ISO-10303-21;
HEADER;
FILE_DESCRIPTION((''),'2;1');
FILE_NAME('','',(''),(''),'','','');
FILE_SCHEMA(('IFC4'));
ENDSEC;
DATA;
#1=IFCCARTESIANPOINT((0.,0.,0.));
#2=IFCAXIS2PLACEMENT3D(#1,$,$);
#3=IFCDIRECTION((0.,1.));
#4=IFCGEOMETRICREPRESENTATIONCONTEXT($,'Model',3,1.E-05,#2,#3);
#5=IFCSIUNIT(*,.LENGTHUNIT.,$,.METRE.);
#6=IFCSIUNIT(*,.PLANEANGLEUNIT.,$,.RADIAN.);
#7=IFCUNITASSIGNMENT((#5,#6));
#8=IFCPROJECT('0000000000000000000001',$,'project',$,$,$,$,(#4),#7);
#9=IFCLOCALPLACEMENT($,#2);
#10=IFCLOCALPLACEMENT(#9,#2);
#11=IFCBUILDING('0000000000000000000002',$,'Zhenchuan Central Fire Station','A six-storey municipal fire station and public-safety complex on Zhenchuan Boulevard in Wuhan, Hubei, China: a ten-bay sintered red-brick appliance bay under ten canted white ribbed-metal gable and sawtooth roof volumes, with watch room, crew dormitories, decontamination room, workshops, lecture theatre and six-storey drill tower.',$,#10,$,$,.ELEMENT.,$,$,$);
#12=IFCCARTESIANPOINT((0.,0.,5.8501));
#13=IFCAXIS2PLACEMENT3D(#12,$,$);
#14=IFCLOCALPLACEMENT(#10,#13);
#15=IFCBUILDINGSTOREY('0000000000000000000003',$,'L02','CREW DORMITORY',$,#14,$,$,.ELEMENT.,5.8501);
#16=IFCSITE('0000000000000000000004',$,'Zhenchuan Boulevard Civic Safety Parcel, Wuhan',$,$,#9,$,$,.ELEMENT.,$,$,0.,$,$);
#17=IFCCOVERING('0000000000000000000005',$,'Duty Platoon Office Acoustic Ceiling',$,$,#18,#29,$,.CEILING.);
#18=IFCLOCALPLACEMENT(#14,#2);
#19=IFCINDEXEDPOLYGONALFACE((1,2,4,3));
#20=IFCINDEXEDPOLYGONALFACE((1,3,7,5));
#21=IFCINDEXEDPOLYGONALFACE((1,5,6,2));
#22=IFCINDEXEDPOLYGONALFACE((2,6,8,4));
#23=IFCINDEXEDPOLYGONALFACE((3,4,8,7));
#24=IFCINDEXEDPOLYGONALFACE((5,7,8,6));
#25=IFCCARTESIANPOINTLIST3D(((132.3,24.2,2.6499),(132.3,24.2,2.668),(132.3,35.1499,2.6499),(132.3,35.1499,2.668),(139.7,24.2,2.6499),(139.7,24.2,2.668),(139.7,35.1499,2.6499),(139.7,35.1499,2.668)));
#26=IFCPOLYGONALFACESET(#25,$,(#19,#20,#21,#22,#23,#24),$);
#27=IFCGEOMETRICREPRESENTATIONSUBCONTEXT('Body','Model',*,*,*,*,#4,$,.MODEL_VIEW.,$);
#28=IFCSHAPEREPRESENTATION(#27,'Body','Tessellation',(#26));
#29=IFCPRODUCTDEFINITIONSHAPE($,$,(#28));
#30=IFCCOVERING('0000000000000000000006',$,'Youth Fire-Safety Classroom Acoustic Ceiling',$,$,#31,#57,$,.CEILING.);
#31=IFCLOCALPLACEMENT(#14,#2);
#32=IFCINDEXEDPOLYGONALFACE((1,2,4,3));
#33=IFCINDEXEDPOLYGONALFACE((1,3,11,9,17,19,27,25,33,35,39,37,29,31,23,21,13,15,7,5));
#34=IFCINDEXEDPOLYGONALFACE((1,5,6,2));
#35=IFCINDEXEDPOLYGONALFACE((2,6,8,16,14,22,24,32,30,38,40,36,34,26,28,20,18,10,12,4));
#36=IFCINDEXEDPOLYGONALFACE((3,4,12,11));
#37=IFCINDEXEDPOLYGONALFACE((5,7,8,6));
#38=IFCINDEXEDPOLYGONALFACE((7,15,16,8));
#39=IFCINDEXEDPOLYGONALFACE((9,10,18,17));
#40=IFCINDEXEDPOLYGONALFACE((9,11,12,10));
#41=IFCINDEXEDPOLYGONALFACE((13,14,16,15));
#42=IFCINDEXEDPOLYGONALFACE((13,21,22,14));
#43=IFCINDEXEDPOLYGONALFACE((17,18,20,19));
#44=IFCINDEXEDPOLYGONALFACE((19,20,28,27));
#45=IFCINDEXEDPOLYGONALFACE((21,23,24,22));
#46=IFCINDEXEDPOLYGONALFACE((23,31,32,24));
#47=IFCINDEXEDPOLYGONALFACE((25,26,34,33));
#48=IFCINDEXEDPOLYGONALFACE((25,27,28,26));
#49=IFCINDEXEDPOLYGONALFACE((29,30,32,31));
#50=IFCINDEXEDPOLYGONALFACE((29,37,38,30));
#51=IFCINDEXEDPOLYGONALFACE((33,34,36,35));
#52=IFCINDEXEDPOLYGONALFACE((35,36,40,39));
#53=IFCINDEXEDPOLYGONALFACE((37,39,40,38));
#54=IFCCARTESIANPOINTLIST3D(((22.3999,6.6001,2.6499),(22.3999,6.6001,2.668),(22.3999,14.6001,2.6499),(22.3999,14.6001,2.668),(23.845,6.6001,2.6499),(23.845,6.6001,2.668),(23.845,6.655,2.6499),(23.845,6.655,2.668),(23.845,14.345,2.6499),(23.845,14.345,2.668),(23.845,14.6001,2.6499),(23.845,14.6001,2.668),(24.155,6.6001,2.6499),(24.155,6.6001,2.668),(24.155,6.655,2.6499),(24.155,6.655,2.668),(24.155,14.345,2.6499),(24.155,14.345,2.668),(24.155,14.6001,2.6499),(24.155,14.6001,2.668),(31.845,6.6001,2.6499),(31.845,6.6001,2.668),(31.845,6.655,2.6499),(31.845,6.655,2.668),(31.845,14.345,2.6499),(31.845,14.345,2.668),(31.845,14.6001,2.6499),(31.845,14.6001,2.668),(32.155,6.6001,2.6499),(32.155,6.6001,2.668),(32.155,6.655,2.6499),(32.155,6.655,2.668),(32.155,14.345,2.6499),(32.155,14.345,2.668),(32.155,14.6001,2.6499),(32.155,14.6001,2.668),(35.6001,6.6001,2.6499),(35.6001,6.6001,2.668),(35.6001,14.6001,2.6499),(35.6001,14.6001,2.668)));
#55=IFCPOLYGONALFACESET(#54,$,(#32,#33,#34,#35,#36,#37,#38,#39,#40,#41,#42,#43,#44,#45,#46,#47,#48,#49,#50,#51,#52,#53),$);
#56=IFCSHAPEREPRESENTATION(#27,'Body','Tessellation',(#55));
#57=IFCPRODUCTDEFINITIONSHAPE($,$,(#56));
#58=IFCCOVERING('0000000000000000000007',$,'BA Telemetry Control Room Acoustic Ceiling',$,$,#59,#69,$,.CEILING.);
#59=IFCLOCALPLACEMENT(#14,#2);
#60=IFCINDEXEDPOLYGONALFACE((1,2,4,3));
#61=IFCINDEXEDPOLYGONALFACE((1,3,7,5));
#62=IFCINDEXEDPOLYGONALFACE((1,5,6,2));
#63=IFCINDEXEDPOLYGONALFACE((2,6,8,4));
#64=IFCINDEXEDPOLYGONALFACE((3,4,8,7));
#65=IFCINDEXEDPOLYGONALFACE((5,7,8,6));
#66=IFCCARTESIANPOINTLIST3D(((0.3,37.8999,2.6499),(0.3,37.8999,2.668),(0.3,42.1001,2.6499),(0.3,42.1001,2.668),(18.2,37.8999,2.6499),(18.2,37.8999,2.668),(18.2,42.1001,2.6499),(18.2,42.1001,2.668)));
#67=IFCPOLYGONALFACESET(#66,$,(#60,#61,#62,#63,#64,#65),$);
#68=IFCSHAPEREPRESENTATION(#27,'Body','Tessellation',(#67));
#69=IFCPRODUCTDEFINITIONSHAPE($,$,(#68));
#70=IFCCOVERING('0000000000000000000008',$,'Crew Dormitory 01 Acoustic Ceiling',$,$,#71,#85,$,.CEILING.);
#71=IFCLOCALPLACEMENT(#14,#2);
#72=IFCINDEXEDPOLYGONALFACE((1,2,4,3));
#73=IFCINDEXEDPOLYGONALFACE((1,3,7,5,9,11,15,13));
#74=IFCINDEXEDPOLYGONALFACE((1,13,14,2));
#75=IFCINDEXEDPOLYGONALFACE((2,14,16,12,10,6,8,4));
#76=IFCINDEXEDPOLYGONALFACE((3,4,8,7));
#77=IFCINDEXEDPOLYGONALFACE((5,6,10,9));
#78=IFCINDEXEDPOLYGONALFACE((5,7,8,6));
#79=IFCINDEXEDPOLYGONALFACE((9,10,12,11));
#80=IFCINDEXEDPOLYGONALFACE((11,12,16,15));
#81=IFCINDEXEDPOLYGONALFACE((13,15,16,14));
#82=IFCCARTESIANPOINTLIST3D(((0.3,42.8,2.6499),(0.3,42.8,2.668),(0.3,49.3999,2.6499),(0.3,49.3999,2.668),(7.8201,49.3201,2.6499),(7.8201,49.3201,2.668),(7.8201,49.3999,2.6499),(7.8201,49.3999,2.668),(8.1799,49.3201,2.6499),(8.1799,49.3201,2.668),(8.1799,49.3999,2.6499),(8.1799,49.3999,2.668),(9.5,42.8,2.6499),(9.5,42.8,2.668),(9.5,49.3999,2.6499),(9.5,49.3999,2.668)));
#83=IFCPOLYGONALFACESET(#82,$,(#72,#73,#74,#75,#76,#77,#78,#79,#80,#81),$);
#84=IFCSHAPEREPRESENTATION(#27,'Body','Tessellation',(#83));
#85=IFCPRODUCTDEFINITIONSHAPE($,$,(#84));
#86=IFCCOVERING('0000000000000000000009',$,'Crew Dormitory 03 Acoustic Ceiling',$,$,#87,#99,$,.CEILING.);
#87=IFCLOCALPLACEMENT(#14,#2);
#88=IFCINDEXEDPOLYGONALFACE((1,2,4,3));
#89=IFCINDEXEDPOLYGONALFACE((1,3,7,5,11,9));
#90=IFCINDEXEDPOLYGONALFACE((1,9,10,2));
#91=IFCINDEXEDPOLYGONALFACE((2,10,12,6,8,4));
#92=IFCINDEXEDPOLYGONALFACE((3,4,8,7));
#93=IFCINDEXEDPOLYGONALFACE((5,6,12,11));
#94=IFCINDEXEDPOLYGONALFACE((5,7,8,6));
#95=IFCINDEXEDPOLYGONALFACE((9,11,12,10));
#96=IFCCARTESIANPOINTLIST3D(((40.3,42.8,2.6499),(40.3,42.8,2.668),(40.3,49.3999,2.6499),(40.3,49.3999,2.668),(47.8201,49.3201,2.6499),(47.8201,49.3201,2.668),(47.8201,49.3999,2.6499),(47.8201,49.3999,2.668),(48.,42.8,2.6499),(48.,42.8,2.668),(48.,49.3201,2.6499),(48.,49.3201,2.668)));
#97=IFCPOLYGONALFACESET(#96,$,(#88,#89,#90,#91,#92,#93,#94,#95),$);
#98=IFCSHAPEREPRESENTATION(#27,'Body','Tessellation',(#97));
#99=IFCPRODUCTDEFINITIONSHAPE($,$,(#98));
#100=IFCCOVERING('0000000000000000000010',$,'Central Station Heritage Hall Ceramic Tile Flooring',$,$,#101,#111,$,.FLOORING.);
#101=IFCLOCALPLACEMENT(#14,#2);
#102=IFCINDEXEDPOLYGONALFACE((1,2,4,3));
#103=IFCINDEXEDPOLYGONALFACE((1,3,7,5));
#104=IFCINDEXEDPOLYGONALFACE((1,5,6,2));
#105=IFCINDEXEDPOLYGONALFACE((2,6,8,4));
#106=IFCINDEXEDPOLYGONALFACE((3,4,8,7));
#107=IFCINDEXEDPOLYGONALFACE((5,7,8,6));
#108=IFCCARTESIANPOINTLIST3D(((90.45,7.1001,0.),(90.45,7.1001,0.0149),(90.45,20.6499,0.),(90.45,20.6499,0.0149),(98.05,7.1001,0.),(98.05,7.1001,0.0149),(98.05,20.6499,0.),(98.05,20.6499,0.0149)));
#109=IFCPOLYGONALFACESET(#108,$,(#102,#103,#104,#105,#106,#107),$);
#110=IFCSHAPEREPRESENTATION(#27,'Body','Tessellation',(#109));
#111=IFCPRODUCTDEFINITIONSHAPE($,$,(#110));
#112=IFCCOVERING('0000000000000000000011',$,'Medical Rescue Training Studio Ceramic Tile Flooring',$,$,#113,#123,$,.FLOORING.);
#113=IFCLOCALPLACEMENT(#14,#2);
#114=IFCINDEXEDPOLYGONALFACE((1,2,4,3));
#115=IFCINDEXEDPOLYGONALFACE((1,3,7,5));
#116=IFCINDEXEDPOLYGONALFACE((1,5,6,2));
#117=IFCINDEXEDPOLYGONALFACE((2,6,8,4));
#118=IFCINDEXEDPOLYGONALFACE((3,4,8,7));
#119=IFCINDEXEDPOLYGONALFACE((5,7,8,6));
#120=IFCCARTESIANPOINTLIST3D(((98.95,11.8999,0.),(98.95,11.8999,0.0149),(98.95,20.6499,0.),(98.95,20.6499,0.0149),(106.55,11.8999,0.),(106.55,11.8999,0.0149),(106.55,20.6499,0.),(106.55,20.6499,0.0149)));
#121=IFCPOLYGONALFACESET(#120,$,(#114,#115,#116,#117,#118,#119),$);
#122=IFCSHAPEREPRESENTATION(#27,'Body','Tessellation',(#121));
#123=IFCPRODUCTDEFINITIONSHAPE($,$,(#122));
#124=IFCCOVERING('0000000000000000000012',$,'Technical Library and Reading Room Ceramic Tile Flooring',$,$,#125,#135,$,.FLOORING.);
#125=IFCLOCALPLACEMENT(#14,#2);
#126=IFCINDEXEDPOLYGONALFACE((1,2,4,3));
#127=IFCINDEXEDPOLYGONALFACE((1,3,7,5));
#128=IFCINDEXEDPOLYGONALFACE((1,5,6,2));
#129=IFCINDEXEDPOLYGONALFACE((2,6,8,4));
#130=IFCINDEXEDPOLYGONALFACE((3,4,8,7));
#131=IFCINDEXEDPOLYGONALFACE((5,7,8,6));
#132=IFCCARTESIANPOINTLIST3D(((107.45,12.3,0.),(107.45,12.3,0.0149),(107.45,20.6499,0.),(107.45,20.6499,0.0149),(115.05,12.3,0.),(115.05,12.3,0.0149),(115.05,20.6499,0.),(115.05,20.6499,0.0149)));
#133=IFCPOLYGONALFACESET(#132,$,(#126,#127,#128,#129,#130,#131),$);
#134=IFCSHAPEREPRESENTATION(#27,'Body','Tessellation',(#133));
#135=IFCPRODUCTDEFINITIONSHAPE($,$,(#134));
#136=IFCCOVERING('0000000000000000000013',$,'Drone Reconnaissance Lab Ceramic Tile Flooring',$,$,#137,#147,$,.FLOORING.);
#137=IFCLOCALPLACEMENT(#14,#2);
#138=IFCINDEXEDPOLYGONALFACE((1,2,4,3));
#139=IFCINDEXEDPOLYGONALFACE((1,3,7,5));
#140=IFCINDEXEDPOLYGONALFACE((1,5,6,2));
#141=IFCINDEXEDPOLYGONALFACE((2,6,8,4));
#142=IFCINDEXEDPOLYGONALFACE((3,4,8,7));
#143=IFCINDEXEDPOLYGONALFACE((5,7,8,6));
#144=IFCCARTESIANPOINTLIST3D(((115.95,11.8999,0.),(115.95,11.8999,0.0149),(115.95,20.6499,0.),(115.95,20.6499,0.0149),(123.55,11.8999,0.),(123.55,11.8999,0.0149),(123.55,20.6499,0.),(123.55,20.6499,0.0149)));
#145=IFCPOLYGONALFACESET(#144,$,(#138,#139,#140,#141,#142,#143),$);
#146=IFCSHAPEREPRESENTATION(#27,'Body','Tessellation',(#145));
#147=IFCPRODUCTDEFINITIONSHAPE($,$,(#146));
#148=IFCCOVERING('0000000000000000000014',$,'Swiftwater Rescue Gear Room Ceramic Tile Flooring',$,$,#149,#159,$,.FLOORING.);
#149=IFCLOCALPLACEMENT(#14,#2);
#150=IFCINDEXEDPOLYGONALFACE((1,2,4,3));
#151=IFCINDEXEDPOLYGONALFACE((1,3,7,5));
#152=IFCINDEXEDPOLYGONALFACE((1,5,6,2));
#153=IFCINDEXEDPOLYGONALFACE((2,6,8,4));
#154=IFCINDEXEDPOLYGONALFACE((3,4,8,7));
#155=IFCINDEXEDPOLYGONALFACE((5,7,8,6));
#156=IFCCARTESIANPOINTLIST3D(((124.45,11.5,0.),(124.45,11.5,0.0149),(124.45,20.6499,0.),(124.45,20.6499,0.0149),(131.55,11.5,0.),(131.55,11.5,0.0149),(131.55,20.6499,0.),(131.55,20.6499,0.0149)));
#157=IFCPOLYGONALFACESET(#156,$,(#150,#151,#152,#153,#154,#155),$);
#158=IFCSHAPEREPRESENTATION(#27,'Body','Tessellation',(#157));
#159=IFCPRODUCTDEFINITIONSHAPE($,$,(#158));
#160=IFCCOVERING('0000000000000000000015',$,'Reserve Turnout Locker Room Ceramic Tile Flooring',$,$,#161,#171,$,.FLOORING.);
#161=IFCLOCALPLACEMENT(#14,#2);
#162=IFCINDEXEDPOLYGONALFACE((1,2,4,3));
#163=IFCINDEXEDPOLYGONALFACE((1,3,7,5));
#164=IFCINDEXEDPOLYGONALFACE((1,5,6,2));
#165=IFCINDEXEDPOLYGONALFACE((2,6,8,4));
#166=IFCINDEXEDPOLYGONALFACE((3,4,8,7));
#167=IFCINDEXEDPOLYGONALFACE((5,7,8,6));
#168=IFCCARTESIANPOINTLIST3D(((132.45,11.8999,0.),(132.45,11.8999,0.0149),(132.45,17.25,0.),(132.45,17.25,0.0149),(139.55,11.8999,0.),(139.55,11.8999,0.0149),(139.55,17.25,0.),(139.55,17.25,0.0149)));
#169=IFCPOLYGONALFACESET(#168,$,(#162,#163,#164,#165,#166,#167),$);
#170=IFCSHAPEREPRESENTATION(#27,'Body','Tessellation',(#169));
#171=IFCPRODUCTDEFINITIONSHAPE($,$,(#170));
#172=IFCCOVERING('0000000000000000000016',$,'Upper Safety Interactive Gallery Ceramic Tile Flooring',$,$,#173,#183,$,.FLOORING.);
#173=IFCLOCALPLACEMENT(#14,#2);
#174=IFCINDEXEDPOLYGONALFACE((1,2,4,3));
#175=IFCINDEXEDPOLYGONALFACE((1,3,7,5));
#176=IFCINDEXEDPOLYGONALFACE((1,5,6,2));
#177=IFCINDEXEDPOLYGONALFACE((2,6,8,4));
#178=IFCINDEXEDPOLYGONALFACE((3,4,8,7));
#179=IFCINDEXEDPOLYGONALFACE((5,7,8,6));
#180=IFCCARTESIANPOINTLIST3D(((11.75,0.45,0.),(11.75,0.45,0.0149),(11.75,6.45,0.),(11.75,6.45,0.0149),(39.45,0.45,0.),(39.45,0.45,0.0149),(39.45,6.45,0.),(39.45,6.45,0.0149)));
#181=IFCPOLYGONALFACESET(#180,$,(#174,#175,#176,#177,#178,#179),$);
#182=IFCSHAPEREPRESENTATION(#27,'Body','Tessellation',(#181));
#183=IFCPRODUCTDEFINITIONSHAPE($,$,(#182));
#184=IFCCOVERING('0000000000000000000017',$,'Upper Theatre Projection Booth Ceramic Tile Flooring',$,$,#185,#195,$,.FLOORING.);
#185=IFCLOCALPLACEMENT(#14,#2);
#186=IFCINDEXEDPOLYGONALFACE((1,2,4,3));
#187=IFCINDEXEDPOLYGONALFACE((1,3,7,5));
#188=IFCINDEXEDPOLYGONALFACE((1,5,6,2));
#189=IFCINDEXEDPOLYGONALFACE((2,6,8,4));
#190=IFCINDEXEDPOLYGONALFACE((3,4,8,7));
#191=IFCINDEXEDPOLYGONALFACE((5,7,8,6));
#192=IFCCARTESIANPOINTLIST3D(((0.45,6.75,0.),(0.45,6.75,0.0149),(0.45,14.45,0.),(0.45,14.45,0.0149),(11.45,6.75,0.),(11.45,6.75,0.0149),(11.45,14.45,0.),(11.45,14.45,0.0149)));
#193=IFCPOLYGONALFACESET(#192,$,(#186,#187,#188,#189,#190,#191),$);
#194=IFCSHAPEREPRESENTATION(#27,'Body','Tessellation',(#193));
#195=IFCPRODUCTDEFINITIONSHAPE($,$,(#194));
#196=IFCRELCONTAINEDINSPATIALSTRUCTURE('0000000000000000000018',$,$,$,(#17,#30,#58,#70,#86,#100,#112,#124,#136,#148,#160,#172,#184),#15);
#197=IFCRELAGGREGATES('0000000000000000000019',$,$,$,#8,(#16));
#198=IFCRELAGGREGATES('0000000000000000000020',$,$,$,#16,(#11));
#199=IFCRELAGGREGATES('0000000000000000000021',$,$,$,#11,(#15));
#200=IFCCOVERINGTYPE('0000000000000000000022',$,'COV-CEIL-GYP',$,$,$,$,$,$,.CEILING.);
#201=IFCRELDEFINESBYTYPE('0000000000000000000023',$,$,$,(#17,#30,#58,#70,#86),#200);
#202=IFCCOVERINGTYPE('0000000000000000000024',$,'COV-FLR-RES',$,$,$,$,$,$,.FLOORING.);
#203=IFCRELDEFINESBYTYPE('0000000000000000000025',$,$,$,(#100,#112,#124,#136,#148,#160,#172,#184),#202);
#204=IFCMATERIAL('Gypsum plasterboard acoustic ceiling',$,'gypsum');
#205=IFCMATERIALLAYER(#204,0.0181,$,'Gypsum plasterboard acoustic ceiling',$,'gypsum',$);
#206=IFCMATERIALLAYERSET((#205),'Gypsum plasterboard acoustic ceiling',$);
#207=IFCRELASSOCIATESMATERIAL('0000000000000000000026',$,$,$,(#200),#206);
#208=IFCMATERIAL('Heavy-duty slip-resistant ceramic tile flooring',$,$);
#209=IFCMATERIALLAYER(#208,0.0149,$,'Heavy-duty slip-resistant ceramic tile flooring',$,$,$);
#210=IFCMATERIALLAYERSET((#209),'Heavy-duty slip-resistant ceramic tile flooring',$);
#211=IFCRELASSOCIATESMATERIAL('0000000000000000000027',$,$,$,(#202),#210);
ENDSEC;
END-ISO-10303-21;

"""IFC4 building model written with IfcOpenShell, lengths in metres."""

from ifc_helpers import new_model, si_unit, direction, frame, origin, place, context, subcontext, project, spatial, polyline, outline, extrude, material, layer, layer_set, type_object, element, save


model = new_model("IFC4")

# Units and contexts
model_context = context("Model", 3, precision=1e-05, world=origin(), true_north=direction((0.0, 1.0)))
body_context = subcontext(model_context, "Body", "Model", "MODEL_VIEW")
ifc_project = project(units=[si_unit("LENGTHUNIT", "METRE"), si_unit("PLANEANGLEUNIT", "RADIAN")], contexts=[model_context])

# Site, building, storey
site_placement = place(None, origin())
site = spatial("IfcSite", under=ifc_project, at=site_placement, Name="Zhenchuan Boulevard Civic Safety Parcel, Wuhan", CompositionType="ELEMENT", RefElevation=0.0)
building_placement = place(site_placement, origin())
building = spatial("IfcBuilding", under=site, at=building_placement, Name="Zhenchuan Central Fire Station", Description="A six-storey municipal fire station and public-safety complex on Zhenchuan Boulevard in Wuhan, Hubei, China: a ten-bay sintered red-brick appliance bay under ten canted white ribbed-metal gable and sawtooth roof volumes, with watch room, crew dormitories, decontamination room, workshops, lecture theatre and six-storey drill tower.", CompositionType="ELEMENT")
storey_placement = place(building_placement, frame((0.0, 0.0, 5.8501)))
storey = spatial("IfcBuildingStorey", under=building, at=storey_placement, Name="L02", Description="CREW DORMITORY", CompositionType="ELEMENT", Elevation=5.8501)

# Coverings
ifc_material_1 = material(Name="Gypsum plasterboard acoustic ceiling", Category="gypsum")
ifc_layer_1 = layer(ifc_material_1, 0.0181, Name="Gypsum plasterboard acoustic ceiling", Category="gypsum")
ifc_layer_set_1 = layer_set([ifc_layer_1], Name="Gypsum plasterboard acoustic ceiling")
covering_type_1 = type_object("IfcCoveringType", Name="COV-CEIL-GYP", PredefinedType="CEILING", material=ifc_layer_set_1)
covering_1_placement = place(storey_placement, frame((0.0, 0.0, 2.6499)))
element("IfcCovering", 1, at=covering_1_placement, inside=storey, type_object=covering_type_1, Name="Duty Platoon Office Acoustic Ceiling", PredefinedType="CEILING", context=body_context, shape_type="SweptSolid", body=[
    extrude(outline(polyline([(132.3, 24.2), (132.3, 35.1499), (139.7, 35.1499), (139.7, 24.2), (132.3, 24.2)])), origin(), (0.0, 0.0, 1.0), 0.0181),
])
covering_2_placement = place(storey_placement, frame((0.0, 0.0, 2.6499)))
element("IfcCovering", 2, at=covering_2_placement, inside=storey, type_object=covering_type_1, Name="Youth Fire-Safety Classroom Acoustic Ceiling", PredefinedType="CEILING", context=body_context, shape_type="SweptSolid", body=[
    extrude(outline(polyline([(35.6001, 14.6001), (35.6001, 6.6001), (32.155, 6.6001), (32.155, 6.655), (31.845, 6.655), (31.845, 6.6001), (24.155, 6.6001), (24.155, 6.655), (23.845, 6.655), (23.845, 6.6001), (22.3999, 6.6001), (22.3999, 14.6001), (23.845, 14.6001), (23.845, 14.345), (24.155, 14.345), (24.155, 14.6001), (31.845, 14.6001), (31.845, 14.345), (32.155, 14.345), (32.155, 14.6001), (35.6001, 14.6001)])), origin(), (0.0, 0.0, 1.0), 0.0181),
])
covering_3_placement = place(storey_placement, frame((0.0, 0.0, 2.6499)))
element("IfcCovering", 3, at=covering_3_placement, inside=storey, type_object=covering_type_1, Name="BA Telemetry Control Room Acoustic Ceiling", PredefinedType="CEILING", context=body_context, shape_type="SweptSolid", body=[
    extrude(outline(polyline([(18.2, 37.8999), (18.2, 42.1001), (0.3, 42.1001), (0.3, 37.8999), (18.2, 37.8999)])), origin(), (0.0, 0.0, 1.0), 0.0181),
])
covering_4_placement = place(storey_placement, frame((0.0, 0.0, 2.6499)))
element("IfcCovering", 4, at=covering_4_placement, inside=storey, type_object=covering_type_1, Name="Crew Dormitory 01 Acoustic Ceiling", PredefinedType="CEILING", context=body_context, shape_type="SweptSolid", body=[
    extrude(outline(polyline([(9.5, 49.3999), (9.5, 42.8), (0.3, 42.8), (0.3, 49.3999), (7.8201, 49.3999), (7.8201, 49.3201), (8.1799, 49.3201), (8.1799, 49.3999), (9.5, 49.3999)])), origin(), (0.0, 0.0, 1.0), 0.0181),
])
covering_5_placement = place(storey_placement, frame((0.0, 0.0, 2.6499)))
element("IfcCovering", 5, at=covering_5_placement, inside=storey, type_object=covering_type_1, Name="Crew Dormitory 03 Acoustic Ceiling", PredefinedType="CEILING", context=body_context, shape_type="SweptSolid", body=[
    extrude(outline(polyline([(48.0, 42.8), (40.3, 42.8), (40.3, 49.3999), (47.8201, 49.3999), (47.8201, 49.3201), (48.0, 49.3201), (48.0, 42.8)])), origin(), (0.0, 0.0, 1.0), 0.0181),
])
ifc_material_2 = material(Name="Heavy-duty slip-resistant ceramic tile flooring")
ifc_layer_2 = layer(ifc_material_2, 0.0149, Name="Heavy-duty slip-resistant ceramic tile flooring")
ifc_layer_set_2 = layer_set([ifc_layer_2], Name="Heavy-duty slip-resistant ceramic tile flooring")
covering_type_2 = type_object("IfcCoveringType", Name="COV-FLR-RES", PredefinedType="FLOORING", material=ifc_layer_set_2)
covering_6_placement = place(storey_placement, origin())
element("IfcCovering", 6, at=covering_6_placement, inside=storey, type_object=covering_type_2, Name="Central Station Heritage Hall Ceramic Tile Flooring", PredefinedType="FLOORING", context=body_context, shape_type="SweptSolid", body=[
    extrude(outline(polyline([(90.45, 7.1001), (98.05, 7.1001), (98.05, 20.6499), (90.45, 20.6499), (90.45, 7.1001)])), origin(), (0.0, 0.0, 1.0), 0.0149),
])
covering_7_placement = place(storey_placement, origin())
element("IfcCovering", 7, at=covering_7_placement, inside=storey, type_object=covering_type_2, Name="Medical Rescue Training Studio Ceramic Tile Flooring", PredefinedType="FLOORING", context=body_context, shape_type="SweptSolid", body=[
    extrude(outline(polyline([(98.95, 11.8999), (106.55, 11.8999), (106.55, 20.6499), (98.95, 20.6499), (98.95, 11.8999)])), origin(), (0.0, 0.0, 1.0), 0.0149),
])
covering_8_placement = place(storey_placement, origin())
element("IfcCovering", 8, at=covering_8_placement, inside=storey, type_object=covering_type_2, Name="Technical Library and Reading Room Ceramic Tile Flooring", PredefinedType="FLOORING", context=body_context, shape_type="SweptSolid", body=[
    extrude(outline(polyline([(107.45, 12.3), (115.05, 12.3), (115.05, 20.6499), (107.45, 20.6499), (107.45, 12.3)])), origin(), (0.0, 0.0, 1.0), 0.0149),
])
covering_9_placement = place(storey_placement, origin())
element("IfcCovering", 9, at=covering_9_placement, inside=storey, type_object=covering_type_2, Name="Drone Reconnaissance Lab Ceramic Tile Flooring", PredefinedType="FLOORING", context=body_context, shape_type="SweptSolid", body=[
    extrude(outline(polyline([(115.95, 11.8999), (123.55, 11.8999), (123.55, 20.6499), (115.95, 20.6499), (115.95, 11.8999)])), origin(), (0.0, 0.0, 1.0), 0.0149),
])
covering_10_placement = place(storey_placement, origin())
element("IfcCovering", 10, at=covering_10_placement, inside=storey, type_object=covering_type_2, Name="Swiftwater Rescue Gear Room Ceramic Tile Flooring", PredefinedType="FLOORING", context=body_context, shape_type="SweptSolid", body=[
    extrude(outline(polyline([(124.45, 11.5), (131.55, 11.5), (131.55, 20.6499), (124.45, 20.6499), (124.45, 11.5)])), origin(), (0.0, 0.0, 1.0), 0.0149),
])
covering_11_placement = place(storey_placement, origin())
element("IfcCovering", 11, at=covering_11_placement, inside=storey, type_object=covering_type_2, Name="Reserve Turnout Locker Room Ceramic Tile Flooring", PredefinedType="FLOORING", context=body_context, shape_type="SweptSolid", body=[
    extrude(outline(polyline([(132.45, 11.8999), (139.55, 11.8999), (139.55, 17.25), (132.45, 17.25), (132.45, 11.8999)])), origin(), (0.0, 0.0, 1.0), 0.0149),
])
covering_12_placement = place(storey_placement, origin())
element("IfcCovering", 12, at=covering_12_placement, inside=storey, type_object=covering_type_2, Name="Upper Safety Interactive Gallery Ceramic Tile Flooring", PredefinedType="FLOORING", context=body_context, shape_type="SweptSolid", body=[
    extrude(outline(polyline([(11.75, 0.45), (39.45, 0.45), (39.45, 6.45), (11.75, 6.45), (11.75, 0.45)])), origin(), (0.0, 0.0, 1.0), 0.0149),
])
covering_13_placement = place(storey_placement, origin())
element("IfcCovering", 13, at=covering_13_placement, inside=storey, type_object=covering_type_2, Name="Upper Theatre Projection Booth Ceramic Tile Flooring", PredefinedType="FLOORING", context=body_context, shape_type="SweptSolid", body=[
    extrude(outline(polyline([(0.45, 6.75), (11.45, 6.75), (11.45, 14.45), (0.45, 14.45), (0.45, 6.75)])), origin(), (0.0, 0.0, 1.0), 0.0149),
])

save(model, "model.ifc")
